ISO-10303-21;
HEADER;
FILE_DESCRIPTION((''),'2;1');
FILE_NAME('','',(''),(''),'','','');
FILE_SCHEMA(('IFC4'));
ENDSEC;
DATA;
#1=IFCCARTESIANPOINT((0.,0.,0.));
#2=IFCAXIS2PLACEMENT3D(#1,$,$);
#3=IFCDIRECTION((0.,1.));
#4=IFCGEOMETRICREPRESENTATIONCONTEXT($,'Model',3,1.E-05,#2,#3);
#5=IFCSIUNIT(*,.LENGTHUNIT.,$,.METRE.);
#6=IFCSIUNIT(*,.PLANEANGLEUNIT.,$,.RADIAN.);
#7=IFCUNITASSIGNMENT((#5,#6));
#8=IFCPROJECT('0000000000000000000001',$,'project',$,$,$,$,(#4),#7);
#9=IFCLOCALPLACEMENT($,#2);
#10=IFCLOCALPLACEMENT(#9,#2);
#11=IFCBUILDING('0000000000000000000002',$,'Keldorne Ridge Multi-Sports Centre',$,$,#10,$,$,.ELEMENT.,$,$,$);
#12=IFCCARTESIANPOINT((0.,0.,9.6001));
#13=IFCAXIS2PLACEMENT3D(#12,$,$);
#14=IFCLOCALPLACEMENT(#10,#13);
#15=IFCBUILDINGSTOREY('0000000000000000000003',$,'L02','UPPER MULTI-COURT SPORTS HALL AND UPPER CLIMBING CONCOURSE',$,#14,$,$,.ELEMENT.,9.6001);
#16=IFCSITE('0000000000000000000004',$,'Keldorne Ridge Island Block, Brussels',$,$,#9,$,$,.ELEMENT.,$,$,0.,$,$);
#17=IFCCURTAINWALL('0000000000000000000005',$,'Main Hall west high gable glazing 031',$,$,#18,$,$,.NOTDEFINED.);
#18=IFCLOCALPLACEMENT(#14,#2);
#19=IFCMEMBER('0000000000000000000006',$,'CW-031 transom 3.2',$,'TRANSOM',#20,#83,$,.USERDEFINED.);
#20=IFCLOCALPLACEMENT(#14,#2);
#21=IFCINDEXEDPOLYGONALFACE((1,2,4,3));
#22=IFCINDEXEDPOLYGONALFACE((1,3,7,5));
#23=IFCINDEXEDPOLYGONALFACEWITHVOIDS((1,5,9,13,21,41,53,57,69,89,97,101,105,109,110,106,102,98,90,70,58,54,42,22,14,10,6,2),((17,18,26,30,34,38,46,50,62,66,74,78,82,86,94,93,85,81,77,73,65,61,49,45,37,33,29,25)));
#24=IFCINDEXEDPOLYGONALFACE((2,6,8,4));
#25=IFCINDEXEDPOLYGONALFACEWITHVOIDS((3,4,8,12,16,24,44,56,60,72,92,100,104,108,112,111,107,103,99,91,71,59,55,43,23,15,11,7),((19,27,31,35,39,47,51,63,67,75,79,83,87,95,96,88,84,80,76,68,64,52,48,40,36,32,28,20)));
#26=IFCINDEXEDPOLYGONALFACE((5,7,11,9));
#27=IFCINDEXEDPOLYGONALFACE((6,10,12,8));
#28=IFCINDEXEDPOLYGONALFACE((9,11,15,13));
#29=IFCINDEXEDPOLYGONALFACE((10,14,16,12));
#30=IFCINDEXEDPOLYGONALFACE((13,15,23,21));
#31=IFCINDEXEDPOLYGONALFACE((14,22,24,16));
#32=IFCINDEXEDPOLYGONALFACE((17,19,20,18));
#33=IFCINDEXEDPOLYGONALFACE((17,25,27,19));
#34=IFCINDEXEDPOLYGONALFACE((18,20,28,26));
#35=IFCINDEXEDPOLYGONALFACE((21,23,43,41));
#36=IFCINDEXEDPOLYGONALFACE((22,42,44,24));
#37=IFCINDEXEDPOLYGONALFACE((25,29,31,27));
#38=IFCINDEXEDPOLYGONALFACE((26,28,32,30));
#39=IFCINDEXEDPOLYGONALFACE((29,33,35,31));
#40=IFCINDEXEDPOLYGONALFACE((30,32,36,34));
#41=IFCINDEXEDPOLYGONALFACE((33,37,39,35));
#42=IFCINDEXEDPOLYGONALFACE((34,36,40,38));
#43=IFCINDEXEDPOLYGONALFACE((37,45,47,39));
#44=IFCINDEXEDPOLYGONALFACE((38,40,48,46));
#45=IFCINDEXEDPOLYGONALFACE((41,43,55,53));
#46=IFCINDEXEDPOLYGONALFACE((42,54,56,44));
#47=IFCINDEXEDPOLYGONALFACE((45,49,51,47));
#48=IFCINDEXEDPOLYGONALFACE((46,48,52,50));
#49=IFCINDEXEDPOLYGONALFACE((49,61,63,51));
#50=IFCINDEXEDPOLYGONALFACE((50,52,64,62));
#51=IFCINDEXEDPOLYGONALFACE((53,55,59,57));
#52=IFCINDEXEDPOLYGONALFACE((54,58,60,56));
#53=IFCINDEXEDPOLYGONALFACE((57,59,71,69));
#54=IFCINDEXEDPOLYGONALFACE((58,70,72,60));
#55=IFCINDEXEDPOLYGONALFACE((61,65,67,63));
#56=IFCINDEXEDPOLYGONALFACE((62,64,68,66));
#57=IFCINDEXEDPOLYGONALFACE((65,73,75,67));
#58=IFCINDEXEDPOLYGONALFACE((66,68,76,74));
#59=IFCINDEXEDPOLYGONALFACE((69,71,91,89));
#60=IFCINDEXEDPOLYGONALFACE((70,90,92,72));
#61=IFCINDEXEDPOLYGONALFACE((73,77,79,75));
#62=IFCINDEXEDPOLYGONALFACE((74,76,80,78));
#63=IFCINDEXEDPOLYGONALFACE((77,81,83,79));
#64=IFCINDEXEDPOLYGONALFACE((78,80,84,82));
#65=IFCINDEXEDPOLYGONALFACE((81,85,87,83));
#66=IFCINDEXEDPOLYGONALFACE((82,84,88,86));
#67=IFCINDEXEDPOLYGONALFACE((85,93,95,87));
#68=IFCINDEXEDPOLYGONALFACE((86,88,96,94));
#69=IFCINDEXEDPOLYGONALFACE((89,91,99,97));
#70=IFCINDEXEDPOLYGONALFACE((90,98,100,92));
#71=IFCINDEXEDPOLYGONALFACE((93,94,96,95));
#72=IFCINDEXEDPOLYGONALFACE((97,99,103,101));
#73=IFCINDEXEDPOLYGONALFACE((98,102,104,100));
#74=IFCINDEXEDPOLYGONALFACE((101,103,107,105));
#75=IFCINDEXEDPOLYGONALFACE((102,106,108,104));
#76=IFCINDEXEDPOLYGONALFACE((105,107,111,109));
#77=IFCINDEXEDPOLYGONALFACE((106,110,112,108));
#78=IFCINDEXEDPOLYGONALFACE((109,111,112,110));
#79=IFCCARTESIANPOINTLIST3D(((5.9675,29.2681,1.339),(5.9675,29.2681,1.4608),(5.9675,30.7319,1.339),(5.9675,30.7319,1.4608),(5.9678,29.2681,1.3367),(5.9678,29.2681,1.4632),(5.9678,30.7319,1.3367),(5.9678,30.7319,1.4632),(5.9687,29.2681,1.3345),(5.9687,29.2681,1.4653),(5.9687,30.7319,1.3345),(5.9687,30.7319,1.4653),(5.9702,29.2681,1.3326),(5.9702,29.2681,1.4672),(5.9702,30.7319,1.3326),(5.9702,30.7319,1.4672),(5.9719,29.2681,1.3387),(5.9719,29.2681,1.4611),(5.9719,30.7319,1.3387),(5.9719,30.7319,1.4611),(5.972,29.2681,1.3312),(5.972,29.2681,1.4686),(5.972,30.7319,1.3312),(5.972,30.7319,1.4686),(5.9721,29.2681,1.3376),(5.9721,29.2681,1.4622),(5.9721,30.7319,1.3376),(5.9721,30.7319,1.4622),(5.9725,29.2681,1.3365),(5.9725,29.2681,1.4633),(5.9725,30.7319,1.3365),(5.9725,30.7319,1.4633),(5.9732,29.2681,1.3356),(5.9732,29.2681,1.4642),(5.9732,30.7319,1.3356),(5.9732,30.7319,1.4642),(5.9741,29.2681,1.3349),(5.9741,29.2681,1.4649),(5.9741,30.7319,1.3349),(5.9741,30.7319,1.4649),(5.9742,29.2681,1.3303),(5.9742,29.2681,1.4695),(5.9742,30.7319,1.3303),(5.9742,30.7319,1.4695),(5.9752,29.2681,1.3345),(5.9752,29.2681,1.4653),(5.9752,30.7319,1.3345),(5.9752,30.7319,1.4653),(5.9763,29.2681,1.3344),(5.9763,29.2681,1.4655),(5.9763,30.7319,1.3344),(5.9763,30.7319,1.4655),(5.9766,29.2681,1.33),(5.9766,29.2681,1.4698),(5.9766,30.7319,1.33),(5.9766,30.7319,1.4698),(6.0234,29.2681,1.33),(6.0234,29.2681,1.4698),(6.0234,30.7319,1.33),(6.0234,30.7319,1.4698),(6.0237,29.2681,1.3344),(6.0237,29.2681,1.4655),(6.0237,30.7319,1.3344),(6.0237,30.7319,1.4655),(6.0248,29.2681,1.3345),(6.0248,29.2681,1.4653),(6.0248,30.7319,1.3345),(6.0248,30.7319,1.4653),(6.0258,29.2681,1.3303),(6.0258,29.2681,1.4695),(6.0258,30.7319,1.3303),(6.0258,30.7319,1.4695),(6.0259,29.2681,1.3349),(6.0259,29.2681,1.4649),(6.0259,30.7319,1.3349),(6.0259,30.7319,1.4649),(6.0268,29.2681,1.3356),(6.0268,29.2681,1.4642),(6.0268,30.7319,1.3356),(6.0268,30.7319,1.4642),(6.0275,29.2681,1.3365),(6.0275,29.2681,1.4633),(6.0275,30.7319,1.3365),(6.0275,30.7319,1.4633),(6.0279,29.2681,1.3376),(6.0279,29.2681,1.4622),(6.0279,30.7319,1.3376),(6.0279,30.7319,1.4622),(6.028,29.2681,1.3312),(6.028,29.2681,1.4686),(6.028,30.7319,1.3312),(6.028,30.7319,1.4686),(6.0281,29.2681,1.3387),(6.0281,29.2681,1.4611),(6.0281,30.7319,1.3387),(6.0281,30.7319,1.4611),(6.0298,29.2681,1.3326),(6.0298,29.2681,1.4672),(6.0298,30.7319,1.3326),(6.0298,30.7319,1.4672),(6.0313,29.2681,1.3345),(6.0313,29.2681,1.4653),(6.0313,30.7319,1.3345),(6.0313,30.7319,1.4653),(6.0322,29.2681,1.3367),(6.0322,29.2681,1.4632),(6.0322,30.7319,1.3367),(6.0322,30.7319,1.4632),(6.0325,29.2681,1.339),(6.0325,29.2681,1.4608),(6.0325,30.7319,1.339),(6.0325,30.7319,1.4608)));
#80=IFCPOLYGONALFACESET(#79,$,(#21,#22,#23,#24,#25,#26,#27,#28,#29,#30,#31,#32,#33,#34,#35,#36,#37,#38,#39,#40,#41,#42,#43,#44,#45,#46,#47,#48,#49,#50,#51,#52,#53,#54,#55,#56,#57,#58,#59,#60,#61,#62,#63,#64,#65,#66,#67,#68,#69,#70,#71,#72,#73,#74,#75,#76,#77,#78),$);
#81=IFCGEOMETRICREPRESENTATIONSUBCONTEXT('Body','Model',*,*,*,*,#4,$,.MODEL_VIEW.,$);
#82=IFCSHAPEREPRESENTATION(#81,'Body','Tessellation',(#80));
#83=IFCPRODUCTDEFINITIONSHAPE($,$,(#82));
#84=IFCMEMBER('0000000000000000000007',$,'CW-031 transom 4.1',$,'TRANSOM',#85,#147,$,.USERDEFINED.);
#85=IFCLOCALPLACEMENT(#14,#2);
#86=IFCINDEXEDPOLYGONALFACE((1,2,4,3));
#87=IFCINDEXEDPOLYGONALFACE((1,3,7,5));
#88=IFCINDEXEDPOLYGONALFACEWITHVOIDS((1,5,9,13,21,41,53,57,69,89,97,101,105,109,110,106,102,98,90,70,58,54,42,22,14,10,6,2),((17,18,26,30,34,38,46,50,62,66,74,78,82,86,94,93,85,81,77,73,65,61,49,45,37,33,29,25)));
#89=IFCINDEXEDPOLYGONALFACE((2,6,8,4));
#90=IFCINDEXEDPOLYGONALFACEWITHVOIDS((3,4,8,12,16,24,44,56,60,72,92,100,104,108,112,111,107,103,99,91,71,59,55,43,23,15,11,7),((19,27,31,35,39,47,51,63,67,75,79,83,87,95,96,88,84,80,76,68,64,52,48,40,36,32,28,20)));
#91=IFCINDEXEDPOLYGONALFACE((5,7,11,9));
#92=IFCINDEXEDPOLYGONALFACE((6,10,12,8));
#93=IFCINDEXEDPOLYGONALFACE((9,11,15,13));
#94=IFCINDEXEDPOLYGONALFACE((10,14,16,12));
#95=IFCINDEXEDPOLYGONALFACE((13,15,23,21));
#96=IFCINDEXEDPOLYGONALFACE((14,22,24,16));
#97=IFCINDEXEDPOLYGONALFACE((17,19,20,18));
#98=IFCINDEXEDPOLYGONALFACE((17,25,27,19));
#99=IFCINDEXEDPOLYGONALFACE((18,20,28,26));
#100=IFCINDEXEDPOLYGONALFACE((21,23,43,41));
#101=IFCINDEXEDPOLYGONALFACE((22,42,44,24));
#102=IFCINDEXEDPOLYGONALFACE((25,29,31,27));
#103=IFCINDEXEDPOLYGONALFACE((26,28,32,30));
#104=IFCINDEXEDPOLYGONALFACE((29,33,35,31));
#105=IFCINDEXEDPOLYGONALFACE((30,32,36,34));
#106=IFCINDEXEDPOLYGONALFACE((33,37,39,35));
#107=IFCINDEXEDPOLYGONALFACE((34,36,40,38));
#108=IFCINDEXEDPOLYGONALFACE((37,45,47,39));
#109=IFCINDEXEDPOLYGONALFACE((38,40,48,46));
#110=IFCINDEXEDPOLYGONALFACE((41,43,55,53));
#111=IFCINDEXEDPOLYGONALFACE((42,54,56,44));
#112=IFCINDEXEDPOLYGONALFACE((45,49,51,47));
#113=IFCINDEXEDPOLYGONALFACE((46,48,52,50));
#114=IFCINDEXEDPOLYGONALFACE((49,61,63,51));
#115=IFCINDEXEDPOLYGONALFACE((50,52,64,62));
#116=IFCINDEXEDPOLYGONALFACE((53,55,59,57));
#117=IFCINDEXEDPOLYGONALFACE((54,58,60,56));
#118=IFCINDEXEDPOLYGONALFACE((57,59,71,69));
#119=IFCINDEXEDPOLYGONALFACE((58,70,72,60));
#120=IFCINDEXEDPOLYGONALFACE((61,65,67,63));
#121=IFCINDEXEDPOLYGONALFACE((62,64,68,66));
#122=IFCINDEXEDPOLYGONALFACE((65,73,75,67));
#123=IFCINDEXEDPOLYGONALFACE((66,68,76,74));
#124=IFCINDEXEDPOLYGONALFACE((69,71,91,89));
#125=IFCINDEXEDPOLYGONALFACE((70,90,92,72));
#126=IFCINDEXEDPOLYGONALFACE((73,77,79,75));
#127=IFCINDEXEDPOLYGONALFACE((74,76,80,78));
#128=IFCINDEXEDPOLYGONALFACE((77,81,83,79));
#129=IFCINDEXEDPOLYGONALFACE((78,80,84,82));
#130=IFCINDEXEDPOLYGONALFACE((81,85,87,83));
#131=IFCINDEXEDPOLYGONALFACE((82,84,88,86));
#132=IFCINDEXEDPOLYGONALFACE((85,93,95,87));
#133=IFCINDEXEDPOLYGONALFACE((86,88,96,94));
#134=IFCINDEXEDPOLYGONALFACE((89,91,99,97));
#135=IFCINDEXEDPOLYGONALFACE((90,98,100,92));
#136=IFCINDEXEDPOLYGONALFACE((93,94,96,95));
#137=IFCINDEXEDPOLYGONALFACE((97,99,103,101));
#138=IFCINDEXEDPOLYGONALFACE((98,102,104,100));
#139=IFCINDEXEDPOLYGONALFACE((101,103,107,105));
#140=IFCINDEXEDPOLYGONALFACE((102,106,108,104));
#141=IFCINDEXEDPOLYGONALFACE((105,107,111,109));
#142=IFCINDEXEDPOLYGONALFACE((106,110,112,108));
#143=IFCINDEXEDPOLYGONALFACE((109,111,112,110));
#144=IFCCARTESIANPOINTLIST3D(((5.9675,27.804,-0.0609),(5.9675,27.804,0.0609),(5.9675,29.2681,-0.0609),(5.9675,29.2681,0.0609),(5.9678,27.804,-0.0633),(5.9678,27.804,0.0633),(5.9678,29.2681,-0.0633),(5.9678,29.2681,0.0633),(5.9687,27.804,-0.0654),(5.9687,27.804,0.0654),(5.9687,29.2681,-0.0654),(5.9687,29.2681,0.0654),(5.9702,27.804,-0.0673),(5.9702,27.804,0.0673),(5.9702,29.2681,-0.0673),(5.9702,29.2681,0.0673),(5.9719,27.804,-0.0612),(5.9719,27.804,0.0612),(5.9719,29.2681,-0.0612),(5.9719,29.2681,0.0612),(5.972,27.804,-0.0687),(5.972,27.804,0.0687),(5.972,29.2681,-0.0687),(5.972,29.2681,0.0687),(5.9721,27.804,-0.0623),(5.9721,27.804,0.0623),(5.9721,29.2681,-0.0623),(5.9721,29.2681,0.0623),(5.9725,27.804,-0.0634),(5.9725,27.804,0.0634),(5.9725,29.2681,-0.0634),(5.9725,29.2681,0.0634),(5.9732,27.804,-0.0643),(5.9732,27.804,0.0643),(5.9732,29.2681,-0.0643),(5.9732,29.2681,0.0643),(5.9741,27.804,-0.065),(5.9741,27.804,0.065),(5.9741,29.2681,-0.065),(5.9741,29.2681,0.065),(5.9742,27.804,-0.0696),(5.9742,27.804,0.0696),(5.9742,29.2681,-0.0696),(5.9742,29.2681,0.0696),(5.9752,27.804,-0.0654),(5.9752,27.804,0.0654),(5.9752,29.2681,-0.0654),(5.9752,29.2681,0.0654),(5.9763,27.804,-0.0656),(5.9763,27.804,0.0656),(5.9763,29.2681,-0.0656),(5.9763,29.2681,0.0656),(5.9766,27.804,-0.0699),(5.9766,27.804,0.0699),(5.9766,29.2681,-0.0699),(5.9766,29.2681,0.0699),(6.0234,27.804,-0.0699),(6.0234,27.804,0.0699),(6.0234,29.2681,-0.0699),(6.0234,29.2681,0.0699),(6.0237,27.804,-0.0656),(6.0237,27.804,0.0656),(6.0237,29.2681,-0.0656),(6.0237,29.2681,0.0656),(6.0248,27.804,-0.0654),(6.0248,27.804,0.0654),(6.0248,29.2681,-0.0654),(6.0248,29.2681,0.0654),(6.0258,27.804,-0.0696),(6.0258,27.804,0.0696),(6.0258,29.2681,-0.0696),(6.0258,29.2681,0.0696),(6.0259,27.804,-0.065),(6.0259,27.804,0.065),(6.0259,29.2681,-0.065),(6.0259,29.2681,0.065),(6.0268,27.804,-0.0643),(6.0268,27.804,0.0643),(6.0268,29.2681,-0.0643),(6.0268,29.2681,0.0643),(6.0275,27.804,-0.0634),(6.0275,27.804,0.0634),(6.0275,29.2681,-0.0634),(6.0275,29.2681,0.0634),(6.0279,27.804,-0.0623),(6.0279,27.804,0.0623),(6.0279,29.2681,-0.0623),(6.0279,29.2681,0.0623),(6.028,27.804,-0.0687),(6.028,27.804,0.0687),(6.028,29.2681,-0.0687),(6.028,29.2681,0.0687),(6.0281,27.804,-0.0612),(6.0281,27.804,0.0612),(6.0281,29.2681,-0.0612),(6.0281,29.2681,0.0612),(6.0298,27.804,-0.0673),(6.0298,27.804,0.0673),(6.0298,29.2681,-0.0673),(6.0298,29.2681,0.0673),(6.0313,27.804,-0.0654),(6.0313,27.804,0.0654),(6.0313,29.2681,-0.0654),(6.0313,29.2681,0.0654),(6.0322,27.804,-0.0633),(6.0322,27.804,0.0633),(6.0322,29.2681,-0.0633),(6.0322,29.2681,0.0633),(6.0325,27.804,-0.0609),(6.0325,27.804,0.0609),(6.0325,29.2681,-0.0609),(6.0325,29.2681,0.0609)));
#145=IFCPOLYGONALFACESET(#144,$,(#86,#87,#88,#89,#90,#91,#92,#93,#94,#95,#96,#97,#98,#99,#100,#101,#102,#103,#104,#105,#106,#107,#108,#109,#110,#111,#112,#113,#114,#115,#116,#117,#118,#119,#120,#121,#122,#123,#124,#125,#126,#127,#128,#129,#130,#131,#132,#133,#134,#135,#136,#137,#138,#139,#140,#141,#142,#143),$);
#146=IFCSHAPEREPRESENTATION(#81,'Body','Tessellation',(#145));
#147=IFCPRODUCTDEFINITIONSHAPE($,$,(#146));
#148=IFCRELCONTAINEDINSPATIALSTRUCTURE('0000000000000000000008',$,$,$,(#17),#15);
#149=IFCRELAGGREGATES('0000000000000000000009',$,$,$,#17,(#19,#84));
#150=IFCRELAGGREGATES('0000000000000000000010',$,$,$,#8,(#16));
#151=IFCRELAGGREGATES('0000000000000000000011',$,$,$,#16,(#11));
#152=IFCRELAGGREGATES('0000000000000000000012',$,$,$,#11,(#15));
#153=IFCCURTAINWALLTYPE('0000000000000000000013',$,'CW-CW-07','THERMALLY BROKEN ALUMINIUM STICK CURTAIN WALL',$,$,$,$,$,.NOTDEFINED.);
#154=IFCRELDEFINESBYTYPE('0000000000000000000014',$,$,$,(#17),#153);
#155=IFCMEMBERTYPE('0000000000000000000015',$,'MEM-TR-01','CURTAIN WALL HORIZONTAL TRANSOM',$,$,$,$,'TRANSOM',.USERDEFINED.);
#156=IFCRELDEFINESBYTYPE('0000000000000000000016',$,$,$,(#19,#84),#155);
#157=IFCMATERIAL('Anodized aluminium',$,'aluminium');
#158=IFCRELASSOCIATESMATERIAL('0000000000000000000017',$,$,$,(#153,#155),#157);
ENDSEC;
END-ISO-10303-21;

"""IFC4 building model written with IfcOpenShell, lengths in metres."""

from ifc_helpers import new_model, si_unit, direction, frame, origin, origin_2d, place, context, subcontext, project, spatial, hollow_rectangle, extrude, material, material_profile, profile_set, type_object, element, aggregate, save


model = new_model("IFC4")

# Units and contexts
model_context = context("Model", 3, precision=1e-05, world=origin(), true_north=direction((0.0, 1.0)))
body_context = subcontext(model_context, "Body", "Model", "MODEL_VIEW")
ifc_project = project(units=[si_unit("LENGTHUNIT", "METRE"), si_unit("PLANEANGLEUNIT", "RADIAN")], contexts=[model_context])

# Site, building, storey
site_placement = place(None, origin())
site = spatial("IfcSite", under=ifc_project, at=site_placement, Name="Keldorne Ridge Island Block, Brussels", CompositionType="ELEMENT", RefElevation=0.0)
building_placement = place(site_placement, origin())
building = spatial("IfcBuilding", under=site, at=building_placement, Name="Keldorne Ridge Multi-Sports Centre", CompositionType="ELEMENT")
storey_placement = place(building_placement, frame((0.0, 0.0, 9.6001)))
storey = spatial("IfcBuildingStorey", under=building, at=storey_placement, Name="L02", Description="UPPER MULTI-COURT SPORTS HALL AND UPPER CLIMBING CONCOURSE", CompositionType="ELEMENT", Elevation=9.6001)

# Curtain wall
ifc_material_1 = material(Name="Anodized aluminium", Category="aluminium")
curtain_wall_type_1 = type_object("IfcCurtainWallType", Name="CW-CW-07", Description="THERMALLY BROKEN ALUMINIUM STICK CURTAIN WALL", PredefinedType="NOTDEFINED", material=ifc_material_1)
curtain_wall_1_placement = place(storey_placement, origin())
curtain_wall_1 = element("IfcCurtainWall", 1, at=curtain_wall_1_placement, inside=storey, type_object=curtain_wall_type_1, Name="Main Hall west high gable glazing 031", PredefinedType="NOTDEFINED")

# Members
ifc_material_profile_1 = material_profile(ifc_material_1, hollow_rectangle(XDim=0.0649, YDim=0.1399, WallThickness=0.0044, InnerFilletRadius=0.0044, OuterFilletRadius=0.009, at=origin_2d()), Name="ALU TRANSOM 140x65x4.5")
ifc_profile_set_1 = profile_set([ifc_material_profile_1], Name="Anodized aluminium")
member_type_1 = type_object("IfcMemberType", Name="MEM-TR-01", Description="CURTAIN WALL HORIZONTAL TRANSOM", ElementType="TRANSOM", PredefinedType="USERDEFINED", material=ifc_profile_set_1)
member_1_placement = place(storey_placement, frame((6.0, 30.7319, 1.3999), z_axis=(0.0, -1.0, 0.0), x_axis=(1.0, 0.0, 0.0)))
member_1 = element("IfcMember", 2, at=member_1_placement, type_object=member_type_1, Name="CW-031 transom 3.2", ObjectType="TRANSOM", PredefinedType="USERDEFINED", context=body_context, shape_type="SweptSolid", body=[
    extrude(hollow_rectangle(XDim=0.0649, YDim=0.1399, WallThickness=0.0044, InnerFilletRadius=0.0044, OuterFilletRadius=0.009, at=origin_2d()), origin(), (0.0, 0.0, 1.0), 1.4639),
])
member_2_placement = place(storey_placement, frame((6.0, 29.2681, 0.0), z_axis=(0.0, -1.0, 0.0), x_axis=(1.0, 0.0, 0.0)))
member_2 = element("IfcMember", 3, at=member_2_placement, type_object=member_type_1, Name="CW-031 transom 4.1", ObjectType="TRANSOM", PredefinedType="USERDEFINED", context=body_context, shape_type="SweptSolid", body=[
    extrude(hollow_rectangle(XDim=0.0649, YDim=0.1399, WallThickness=0.0044, InnerFilletRadius=0.0044, OuterFilletRadius=0.009, at=origin_2d()), origin(), (0.0, 0.0, 1.0), 1.4641),
])

aggregate(curtain_wall_1, [member_1, member_2])

save(model, "model.ifc")
